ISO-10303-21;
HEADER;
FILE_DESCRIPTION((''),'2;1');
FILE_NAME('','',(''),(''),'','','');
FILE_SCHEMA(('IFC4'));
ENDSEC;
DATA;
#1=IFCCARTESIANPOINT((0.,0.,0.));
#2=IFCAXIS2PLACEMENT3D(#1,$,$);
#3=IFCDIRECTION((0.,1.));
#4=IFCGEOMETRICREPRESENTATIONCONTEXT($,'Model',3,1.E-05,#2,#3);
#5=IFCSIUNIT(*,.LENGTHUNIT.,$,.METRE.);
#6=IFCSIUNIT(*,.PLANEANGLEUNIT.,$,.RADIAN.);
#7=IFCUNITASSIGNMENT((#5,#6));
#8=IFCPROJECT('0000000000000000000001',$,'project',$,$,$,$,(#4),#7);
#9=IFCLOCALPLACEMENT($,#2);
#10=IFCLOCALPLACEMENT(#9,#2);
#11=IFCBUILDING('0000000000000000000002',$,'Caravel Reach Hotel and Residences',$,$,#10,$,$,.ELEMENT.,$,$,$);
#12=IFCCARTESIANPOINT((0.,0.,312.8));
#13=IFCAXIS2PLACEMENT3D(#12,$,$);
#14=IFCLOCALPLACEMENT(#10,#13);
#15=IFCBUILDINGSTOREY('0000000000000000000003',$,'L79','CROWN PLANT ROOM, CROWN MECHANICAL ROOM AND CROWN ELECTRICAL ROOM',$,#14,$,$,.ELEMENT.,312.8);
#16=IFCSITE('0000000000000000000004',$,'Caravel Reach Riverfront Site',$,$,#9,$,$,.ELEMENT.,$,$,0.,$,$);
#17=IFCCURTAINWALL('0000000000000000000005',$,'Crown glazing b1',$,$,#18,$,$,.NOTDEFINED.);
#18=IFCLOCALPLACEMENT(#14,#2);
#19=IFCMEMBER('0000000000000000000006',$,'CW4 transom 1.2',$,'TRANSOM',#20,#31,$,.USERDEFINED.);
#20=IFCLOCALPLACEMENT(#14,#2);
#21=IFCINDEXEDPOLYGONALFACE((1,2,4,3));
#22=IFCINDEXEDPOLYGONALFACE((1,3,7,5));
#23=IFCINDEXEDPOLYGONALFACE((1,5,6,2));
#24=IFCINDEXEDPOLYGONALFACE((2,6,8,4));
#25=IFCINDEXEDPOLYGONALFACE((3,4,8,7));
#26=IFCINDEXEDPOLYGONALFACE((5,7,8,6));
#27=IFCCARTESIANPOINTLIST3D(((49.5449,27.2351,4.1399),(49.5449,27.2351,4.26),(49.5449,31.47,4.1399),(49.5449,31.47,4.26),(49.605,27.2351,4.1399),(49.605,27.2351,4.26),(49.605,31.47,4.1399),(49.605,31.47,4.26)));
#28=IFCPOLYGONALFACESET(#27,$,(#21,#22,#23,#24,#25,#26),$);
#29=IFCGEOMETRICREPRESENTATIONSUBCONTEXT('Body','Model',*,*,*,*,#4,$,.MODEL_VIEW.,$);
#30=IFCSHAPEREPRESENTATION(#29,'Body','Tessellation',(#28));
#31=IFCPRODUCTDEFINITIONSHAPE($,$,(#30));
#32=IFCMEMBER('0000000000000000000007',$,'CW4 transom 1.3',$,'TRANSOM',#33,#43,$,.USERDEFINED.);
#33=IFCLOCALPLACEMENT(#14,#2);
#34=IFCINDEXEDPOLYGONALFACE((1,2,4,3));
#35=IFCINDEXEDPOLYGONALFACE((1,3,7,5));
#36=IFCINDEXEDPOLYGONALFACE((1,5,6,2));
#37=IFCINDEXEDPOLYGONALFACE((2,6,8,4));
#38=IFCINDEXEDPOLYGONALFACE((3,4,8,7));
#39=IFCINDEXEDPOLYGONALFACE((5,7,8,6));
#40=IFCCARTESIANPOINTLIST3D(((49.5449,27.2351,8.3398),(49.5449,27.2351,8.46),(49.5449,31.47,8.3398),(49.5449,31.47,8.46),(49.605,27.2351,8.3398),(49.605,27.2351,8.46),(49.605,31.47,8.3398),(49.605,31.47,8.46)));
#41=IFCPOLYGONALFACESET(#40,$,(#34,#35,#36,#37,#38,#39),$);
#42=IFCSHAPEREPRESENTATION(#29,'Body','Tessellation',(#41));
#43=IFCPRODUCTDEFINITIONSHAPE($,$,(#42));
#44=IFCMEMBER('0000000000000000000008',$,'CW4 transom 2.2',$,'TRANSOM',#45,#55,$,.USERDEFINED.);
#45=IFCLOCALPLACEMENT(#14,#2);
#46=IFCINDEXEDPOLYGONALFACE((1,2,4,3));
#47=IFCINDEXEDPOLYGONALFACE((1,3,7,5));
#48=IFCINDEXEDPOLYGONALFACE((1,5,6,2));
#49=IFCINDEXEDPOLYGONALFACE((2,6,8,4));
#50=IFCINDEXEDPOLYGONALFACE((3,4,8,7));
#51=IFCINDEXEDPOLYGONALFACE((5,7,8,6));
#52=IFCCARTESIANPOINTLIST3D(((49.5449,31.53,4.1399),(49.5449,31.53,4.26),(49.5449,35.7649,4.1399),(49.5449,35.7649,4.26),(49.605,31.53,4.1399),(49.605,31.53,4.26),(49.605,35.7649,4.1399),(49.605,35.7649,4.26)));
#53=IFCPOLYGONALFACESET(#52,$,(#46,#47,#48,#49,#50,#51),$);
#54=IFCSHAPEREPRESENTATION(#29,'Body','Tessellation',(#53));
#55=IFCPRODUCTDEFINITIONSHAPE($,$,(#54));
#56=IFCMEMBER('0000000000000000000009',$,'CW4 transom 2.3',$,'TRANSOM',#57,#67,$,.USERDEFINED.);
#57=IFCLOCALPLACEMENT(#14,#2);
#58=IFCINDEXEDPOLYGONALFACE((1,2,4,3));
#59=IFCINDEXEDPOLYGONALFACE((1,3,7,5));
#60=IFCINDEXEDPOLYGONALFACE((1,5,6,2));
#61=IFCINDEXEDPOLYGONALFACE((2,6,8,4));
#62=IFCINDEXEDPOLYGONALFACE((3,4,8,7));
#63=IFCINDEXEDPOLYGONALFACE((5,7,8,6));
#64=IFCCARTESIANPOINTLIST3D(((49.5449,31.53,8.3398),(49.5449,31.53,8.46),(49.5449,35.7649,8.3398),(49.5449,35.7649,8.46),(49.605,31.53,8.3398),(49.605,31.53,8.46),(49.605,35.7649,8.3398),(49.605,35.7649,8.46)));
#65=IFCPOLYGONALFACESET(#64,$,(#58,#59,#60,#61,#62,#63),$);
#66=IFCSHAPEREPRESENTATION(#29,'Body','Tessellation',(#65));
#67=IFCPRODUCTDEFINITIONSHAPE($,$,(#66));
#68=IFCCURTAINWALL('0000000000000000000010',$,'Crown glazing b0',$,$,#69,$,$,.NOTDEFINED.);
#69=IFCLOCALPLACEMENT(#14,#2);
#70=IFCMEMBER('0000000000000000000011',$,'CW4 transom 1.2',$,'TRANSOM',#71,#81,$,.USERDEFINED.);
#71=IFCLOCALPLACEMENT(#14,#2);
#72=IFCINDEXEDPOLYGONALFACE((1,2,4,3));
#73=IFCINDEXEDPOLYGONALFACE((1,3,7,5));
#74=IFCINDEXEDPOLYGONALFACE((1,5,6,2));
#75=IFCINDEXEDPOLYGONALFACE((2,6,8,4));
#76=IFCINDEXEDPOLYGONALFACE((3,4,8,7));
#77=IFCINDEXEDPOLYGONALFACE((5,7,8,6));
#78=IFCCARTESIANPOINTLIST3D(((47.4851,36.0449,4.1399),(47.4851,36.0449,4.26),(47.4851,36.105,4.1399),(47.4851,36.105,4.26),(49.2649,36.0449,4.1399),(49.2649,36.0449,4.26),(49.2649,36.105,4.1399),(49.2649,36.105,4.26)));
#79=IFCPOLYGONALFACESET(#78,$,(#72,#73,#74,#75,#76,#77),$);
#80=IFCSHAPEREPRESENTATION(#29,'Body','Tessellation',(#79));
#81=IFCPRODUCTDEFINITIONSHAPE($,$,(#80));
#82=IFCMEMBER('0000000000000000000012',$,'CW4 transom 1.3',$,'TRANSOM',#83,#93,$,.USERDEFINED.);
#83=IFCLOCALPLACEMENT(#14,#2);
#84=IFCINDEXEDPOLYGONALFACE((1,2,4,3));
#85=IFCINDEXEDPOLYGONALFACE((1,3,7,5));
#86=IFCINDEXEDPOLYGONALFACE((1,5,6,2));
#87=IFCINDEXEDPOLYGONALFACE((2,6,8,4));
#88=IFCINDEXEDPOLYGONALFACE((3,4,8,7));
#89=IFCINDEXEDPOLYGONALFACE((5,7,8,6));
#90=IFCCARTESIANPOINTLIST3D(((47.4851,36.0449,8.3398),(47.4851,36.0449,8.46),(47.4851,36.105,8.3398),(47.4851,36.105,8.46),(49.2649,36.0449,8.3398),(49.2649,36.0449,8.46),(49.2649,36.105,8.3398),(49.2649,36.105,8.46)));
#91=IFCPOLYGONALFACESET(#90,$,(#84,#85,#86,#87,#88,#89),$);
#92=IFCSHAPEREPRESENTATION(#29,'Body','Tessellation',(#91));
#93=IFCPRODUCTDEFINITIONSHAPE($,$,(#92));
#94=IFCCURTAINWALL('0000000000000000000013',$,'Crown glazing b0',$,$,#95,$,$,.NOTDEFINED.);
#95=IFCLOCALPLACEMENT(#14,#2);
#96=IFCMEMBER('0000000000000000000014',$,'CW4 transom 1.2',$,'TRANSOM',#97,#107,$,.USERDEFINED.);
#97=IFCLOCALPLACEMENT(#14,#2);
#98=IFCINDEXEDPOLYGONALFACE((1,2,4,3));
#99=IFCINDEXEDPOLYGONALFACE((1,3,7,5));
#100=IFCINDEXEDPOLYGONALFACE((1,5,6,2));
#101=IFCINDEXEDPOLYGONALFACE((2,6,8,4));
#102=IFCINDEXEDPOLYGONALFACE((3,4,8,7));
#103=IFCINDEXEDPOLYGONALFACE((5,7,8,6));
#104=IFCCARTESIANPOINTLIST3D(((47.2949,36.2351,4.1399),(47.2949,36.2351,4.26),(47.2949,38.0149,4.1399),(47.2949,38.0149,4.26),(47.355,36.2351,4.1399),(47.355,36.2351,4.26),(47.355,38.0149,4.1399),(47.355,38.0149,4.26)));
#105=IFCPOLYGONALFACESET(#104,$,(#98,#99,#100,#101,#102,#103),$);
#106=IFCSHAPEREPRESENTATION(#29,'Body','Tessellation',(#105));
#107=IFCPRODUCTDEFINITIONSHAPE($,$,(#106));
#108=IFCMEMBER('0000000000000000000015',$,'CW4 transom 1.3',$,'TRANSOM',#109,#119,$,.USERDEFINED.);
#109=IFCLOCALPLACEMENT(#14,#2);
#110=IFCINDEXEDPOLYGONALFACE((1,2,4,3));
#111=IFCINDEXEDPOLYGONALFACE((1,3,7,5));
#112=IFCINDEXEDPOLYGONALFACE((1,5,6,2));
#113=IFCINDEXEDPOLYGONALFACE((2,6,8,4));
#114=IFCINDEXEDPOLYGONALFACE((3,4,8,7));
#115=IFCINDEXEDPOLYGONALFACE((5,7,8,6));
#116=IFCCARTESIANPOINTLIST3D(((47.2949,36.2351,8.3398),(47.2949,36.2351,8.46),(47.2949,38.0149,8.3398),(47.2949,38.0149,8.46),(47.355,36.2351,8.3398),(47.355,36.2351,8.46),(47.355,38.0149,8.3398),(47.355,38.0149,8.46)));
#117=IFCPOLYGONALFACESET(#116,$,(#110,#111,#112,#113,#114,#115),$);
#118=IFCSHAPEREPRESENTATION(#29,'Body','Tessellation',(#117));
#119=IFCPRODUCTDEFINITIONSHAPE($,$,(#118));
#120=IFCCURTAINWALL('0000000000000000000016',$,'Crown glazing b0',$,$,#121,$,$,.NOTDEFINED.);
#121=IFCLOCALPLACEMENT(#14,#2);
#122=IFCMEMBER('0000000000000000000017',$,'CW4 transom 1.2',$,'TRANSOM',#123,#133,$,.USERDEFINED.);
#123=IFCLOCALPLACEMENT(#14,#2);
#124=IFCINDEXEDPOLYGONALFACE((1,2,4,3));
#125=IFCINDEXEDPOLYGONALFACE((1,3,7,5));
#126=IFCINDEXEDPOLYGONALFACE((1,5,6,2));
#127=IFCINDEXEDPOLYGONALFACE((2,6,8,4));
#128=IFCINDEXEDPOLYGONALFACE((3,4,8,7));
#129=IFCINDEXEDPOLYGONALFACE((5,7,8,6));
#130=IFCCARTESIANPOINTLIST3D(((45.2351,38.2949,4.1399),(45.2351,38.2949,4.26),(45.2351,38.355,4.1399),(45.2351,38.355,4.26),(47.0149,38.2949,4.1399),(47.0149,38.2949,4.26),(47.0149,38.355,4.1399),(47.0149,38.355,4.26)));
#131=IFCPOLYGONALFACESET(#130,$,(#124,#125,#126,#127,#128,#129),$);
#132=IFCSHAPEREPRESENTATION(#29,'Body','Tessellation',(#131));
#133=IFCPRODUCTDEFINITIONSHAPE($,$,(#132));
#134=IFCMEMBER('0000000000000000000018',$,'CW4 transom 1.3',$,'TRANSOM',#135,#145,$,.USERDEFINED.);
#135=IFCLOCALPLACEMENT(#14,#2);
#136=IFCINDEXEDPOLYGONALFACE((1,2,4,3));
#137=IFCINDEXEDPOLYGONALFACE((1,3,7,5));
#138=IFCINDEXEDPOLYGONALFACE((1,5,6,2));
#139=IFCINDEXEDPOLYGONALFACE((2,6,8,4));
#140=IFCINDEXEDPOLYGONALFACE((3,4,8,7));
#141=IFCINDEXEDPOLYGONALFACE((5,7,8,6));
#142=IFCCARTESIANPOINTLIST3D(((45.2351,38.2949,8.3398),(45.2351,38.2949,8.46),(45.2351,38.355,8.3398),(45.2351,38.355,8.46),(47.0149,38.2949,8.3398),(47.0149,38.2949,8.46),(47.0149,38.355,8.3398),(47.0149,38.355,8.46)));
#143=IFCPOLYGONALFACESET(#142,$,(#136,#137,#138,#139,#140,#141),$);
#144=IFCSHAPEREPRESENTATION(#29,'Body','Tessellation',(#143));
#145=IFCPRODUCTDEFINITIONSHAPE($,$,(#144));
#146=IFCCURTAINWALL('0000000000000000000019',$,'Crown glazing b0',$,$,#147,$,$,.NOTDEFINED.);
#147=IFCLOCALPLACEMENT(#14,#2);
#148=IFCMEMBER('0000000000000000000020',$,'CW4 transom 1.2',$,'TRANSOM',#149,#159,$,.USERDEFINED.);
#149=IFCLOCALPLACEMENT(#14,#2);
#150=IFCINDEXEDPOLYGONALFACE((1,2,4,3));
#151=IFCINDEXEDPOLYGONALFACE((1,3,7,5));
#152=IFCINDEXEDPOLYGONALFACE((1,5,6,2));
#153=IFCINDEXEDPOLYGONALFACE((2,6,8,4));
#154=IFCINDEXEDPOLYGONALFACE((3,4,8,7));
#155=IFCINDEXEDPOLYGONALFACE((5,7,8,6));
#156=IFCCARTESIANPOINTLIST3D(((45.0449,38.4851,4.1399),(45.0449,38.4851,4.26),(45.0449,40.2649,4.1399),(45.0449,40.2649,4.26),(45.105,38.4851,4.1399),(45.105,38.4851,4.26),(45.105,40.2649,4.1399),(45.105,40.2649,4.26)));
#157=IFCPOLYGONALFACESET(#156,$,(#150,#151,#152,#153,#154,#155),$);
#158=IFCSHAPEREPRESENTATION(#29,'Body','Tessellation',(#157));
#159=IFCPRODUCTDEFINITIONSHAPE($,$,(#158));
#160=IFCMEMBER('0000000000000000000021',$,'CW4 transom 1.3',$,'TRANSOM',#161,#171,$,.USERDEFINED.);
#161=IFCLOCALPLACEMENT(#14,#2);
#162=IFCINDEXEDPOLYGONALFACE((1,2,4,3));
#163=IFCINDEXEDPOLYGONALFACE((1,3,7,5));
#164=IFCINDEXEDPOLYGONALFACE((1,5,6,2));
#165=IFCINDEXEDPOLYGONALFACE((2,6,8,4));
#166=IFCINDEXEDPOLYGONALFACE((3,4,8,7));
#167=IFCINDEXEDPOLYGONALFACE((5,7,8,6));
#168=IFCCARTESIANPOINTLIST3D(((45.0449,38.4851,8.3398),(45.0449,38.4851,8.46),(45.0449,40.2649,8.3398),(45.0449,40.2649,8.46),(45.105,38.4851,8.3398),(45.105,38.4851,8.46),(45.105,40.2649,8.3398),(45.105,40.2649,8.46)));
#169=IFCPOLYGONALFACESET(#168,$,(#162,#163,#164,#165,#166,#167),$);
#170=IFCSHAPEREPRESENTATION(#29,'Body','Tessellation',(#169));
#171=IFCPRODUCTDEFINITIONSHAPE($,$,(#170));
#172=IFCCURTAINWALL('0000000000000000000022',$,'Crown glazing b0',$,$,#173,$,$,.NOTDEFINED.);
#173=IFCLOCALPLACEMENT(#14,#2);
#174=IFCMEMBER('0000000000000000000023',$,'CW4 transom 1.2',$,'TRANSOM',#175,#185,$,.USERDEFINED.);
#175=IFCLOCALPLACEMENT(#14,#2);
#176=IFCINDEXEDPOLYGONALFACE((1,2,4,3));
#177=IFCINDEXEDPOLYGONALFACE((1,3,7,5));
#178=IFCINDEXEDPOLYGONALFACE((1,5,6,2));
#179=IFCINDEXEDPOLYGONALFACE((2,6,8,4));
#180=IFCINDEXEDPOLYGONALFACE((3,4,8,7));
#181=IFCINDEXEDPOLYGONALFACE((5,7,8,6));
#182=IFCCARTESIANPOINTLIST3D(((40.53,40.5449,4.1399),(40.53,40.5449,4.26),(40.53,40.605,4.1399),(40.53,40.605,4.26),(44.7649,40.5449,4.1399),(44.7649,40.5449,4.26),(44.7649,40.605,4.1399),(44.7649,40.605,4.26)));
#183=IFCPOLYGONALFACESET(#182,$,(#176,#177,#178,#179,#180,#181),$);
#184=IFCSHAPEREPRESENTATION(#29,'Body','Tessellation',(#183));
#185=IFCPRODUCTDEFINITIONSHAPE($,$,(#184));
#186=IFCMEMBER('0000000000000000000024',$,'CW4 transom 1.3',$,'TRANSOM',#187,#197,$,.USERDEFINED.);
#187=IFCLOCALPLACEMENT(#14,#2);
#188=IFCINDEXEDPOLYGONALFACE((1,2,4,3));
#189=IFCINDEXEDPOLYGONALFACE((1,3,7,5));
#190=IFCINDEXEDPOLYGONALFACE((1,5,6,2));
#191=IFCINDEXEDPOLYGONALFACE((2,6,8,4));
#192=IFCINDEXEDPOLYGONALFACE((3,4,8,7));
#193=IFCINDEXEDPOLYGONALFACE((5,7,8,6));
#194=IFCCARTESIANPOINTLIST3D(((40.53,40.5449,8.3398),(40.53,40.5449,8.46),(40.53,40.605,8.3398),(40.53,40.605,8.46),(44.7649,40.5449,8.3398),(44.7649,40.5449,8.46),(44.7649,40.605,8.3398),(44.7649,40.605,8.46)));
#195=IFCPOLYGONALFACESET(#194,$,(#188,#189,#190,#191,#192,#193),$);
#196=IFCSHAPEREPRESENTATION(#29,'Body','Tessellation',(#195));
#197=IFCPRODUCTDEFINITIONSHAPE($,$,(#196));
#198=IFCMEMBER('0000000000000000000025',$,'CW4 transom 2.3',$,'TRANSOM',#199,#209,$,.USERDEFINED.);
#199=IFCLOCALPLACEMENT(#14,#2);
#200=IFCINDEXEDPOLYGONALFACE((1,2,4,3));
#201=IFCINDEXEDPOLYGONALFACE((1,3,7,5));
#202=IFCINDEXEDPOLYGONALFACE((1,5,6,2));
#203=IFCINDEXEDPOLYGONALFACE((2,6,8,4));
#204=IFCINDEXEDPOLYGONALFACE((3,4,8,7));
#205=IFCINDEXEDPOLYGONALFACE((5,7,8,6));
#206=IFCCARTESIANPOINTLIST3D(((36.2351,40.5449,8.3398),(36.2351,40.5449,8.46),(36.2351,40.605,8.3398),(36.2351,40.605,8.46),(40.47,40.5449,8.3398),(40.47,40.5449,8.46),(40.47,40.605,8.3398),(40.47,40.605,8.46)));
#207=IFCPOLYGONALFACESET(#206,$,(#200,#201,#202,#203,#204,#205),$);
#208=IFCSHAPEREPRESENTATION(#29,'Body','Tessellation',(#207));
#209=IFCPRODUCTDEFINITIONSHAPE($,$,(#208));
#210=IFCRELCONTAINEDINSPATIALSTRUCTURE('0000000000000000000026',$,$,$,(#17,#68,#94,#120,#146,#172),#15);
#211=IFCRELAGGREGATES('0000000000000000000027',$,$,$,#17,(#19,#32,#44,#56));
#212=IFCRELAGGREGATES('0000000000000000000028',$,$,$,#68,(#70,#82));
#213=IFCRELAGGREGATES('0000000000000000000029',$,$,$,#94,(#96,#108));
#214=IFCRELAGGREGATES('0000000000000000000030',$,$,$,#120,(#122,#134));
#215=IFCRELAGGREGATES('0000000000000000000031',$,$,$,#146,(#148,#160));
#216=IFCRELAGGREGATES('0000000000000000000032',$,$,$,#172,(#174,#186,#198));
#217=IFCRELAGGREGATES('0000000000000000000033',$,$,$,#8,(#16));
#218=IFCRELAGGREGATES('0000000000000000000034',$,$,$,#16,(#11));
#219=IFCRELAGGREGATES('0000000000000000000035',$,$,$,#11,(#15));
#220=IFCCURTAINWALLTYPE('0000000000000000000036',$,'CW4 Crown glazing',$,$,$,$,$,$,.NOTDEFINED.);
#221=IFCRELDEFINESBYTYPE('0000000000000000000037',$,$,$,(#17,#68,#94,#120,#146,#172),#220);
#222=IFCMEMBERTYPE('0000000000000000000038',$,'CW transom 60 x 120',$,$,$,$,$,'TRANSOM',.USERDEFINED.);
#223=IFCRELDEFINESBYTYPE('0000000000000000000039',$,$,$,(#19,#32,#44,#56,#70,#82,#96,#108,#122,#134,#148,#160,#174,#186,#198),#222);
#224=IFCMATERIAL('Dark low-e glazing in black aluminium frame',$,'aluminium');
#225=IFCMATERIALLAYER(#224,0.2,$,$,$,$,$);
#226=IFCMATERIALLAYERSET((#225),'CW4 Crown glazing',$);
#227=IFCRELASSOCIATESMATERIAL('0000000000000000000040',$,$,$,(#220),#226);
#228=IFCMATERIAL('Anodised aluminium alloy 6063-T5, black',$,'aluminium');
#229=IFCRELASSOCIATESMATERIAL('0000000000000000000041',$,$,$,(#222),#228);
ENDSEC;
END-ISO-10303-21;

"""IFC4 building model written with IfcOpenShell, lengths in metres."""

from ifc_helpers import new_model, si_unit, direction, frame, origin, origin_2d, place, context, subcontext, project, spatial, rectangle, extrude, material, layer, layer_set, material_profile, profile_set, type_object, element, aggregate, save


model = new_model("IFC4")

# Units and contexts
model_context = context("Model", 3, precision=1e-05, world=origin(), true_north=direction((0.0, 1.0)))
body_context = subcontext(model_context, "Body", "Model", "MODEL_VIEW")
ifc_project = project(units=[si_unit("LENGTHUNIT", "METRE"), si_unit("PLANEANGLEUNIT", "RADIAN")], contexts=[model_context])

# Site, building, storey
site_placement = place(None, origin())
site = spatial("IfcSite", under=ifc_project, at=site_placement, Name="Caravel Reach Riverfront Site", CompositionType="ELEMENT", RefElevation=0.0)
building_placement = place(site_placement, origin())
building = spatial("IfcBuilding", under=site, at=building_placement, Name="Caravel Reach Hotel and Residences", CompositionType="ELEMENT")
storey_placement = place(building_placement, frame((0.0, 0.0, 312.8)))
storey = spatial("IfcBuildingStorey", under=building, at=storey_placement, Name="L79", Description="CROWN PLANT ROOM, CROWN MECHANICAL ROOM AND CROWN ELECTRICAL ROOM", CompositionType="ELEMENT", Elevation=312.8)

# Curtain walls, members
ifc_material_1 = material(Name="Dark low-e glazing in black aluminium frame", Category="aluminium")
ifc_layer_1 = layer(ifc_material_1, 0.2)
ifc_layer_set_1 = layer_set([ifc_layer_1], Name="CW4 Crown glazing")
curtain_wall_type = type_object("IfcCurtainWallType", Name="CW4 Crown glazing", PredefinedType="NOTDEFINED", material=ifc_layer_set_1)
curtain_wall_1_placement = place(storey_placement, origin())
curtain_wall_1 = element("IfcCurtainWall", 1, at=curtain_wall_1_placement, inside=storey, type_object=curtain_wall_type, Name="Crown glazing b1", PredefinedType="NOTDEFINED")
ifc_material_2 = material(Name="Anodised aluminium alloy 6063-T5, black", Category="aluminium")
ifc_material_profile = material_profile(ifc_material_2, rectangle(XDim=0.0601, YDim=0.1201, at=origin_2d()), Name="CW transom 60 x 120")
ifc_profile_set = profile_set([ifc_material_profile], Name="Anodised aluminium alloy 6063-T5, black")
member_type = type_object("IfcMemberType", Name="CW transom 60 x 120", ElementType="TRANSOM", PredefinedType="USERDEFINED", material=ifc_profile_set)
member_1_placement = place(storey_placement, frame((49.575, 27.2351, 4.2), z_axis=(0.0, 1.0, 0.0), x_axis=(-1.0, 0.0, 0.0)))
member_1 = element("IfcMember", 2, at=member_1_placement, type_object=member_type, Name="CW4 transom 1.2", ObjectType="TRANSOM", PredefinedType="USERDEFINED", context=body_context, shape_type="SweptSolid", body=[
    extrude(rectangle(XDim=0.0601, YDim=0.1201, at=origin_2d()), origin(), (0.0, 0.0, 1.0), 4.2349),
])
member_2_placement = place(storey_placement, frame((49.575, 27.2351, 8.3999), z_axis=(0.0, 1.0, 0.0), x_axis=(-1.0, 0.0, 0.0)))
member_2 = element("IfcMember", 3, at=member_2_placement, type_object=member_type, Name="CW4 transom 1.3", ObjectType="TRANSOM", PredefinedType="USERDEFINED", context=body_context, shape_type="SweptSolid", body=[
    extrude(rectangle(XDim=0.0601, YDim=0.1201, at=origin_2d()), origin(), (0.0, 0.0, 1.0), 4.2349),
])
member_3_placement = place(storey_placement, frame((49.575, 31.53, 4.2), z_axis=(0.0, 1.0, 0.0), x_axis=(-1.0, 0.0, 0.0)))
member_3 = element("IfcMember", 4, at=member_3_placement, type_object=member_type, Name="CW4 transom 2.2", ObjectType="TRANSOM", PredefinedType="USERDEFINED", context=body_context, shape_type="SweptSolid", body=[
    extrude(rectangle(XDim=0.0601, YDim=0.1201, at=origin_2d()), origin(), (0.0, 0.0, 1.0), 4.2349),
])
member_4_placement = place(storey_placement, frame((49.575, 31.53, 8.3999), z_axis=(0.0, 1.0, 0.0), x_axis=(-1.0, 0.0, 0.0)))
member_4 = element("IfcMember", 5, at=member_4_placement, type_object=member_type, Name="CW4 transom 2.3", ObjectType="TRANSOM", PredefinedType="USERDEFINED", context=body_context, shape_type="SweptSolid", body=[
    extrude(rectangle(XDim=0.0601, YDim=0.1201, at=origin_2d()), origin(), (0.0, 0.0, 1.0), 4.2349),
])
curtain_wall_2_placement = place(storey_placement, origin())
curtain_wall_2 = element("IfcCurtainWall", 6, at=curtain_wall_2_placement, inside=storey, type_object=curtain_wall_type, Name="Crown glazing b0", PredefinedType="NOTDEFINED")
member_5_placement = place(storey_placement, frame((49.2649, 36.075, 4.2), z_axis=(-1.0, 0.0, 0.0), x_axis=(0.0, -1.0, 0.0)))
member_5 = element("IfcMember", 7, at=member_5_placement, type_object=member_type, Name="CW4 transom 1.2", ObjectType="TRANSOM", PredefinedType="USERDEFINED", context=body_context, shape_type="SweptSolid", body=[
    extrude(rectangle(XDim=0.0601, YDim=0.1201, at=origin_2d()), origin(), (0.0, 0.0, 1.0), 1.7798),
])
member_6_placement = place(storey_placement, frame((49.2649, 36.075, 8.3999), z_axis=(-1.0, 0.0, 0.0), x_axis=(0.0, -1.0, 0.0)))
member_6 = element("IfcMember", 8, at=member_6_placement, type_object=member_type, Name="CW4 transom 1.3", ObjectType="TRANSOM", PredefinedType="USERDEFINED", context=body_context, shape_type="SweptSolid", body=[
    extrude(rectangle(XDim=0.0601, YDim=0.1201, at=origin_2d()), origin(), (0.0, 0.0, 1.0), 1.7798),
])
curtain_wall_3_placement = place(storey_placement, origin())
curtain_wall_3 = element("IfcCurtainWall", 9, at=curtain_wall_3_placement, inside=storey, type_object=curtain_wall_type, Name="Crown glazing b0", PredefinedType="NOTDEFINED")
member_7_placement = place(storey_placement, frame((47.325, 36.2351, 4.2), z_axis=(0.0, 1.0, 0.0), x_axis=(-1.0, 0.0, 0.0)))
member_7 = element("IfcMember", 10, at=member_7_placement, type_object=member_type, Name="CW4 transom 1.2", ObjectType="TRANSOM", PredefinedType="USERDEFINED", context=body_context, shape_type="SweptSolid", body=[
    extrude(rectangle(XDim=0.0601, YDim=0.1201, at=origin_2d()), origin(), (0.0, 0.0, 1.0), 1.7798),
])
member_8_placement = place(storey_placement, frame((47.325, 36.2351, 8.3999), z_axis=(0.0, 1.0, 0.0), x_axis=(-1.0, 0.0, 0.0)))
member_8 = element("IfcMember", 11, at=member_8_placement, type_object=member_type, Name="CW4 transom 1.3", ObjectType="TRANSOM", PredefinedType="USERDEFINED", context=body_context, shape_type="SweptSolid", body=[
    extrude(rectangle(XDim=0.0601, YDim=0.1201, at=origin_2d()), origin(), (0.0, 0.0, 1.0), 1.7798),
])
curtain_wall_4_placement = place(storey_placement, origin())
curtain_wall_4 = element("IfcCurtainWall", 12, at=curtain_wall_4_placement, inside=storey, type_object=curtain_wall_type, Name="Crown glazing b0", PredefinedType="NOTDEFINED")
member_9_placement = place(storey_placement, frame((47.0149, 38.325, 4.2), z_axis=(-1.0, 0.0, 0.0), x_axis=(0.0, -1.0, 0.0)))
member_9 = element("IfcMember", 13, at=member_9_placement, type_object=member_type, Name="CW4 transom 1.2", ObjectType="TRANSOM", PredefinedType="USERDEFINED", context=body_context, shape_type="SweptSolid", body=[
    extrude(rectangle(XDim=0.0601, YDim=0.1201, at=origin_2d()), origin(), (0.0, 0.0, 1.0), 1.7798),
])
member_10_placement = place(storey_placement, frame((47.0149, 38.325, 8.3999), z_axis=(-1.0, 0.0, 0.0), x_axis=(0.0, -1.0, 0.0)))
member_10 = element("IfcMember", 14, at=member_10_placement, type_object=member_type, Name="CW4 transom 1.3", ObjectType="TRANSOM", PredefinedType="USERDEFINED", context=body_context, shape_type="SweptSolid", body=[
    extrude(rectangle(XDim=0.0601, YDim=0.1201, at=origin_2d()), origin(), (0.0, 0.0, 1.0), 1.7798),
])
curtain_wall_5_placement = place(storey_placement, origin())
curtain_wall_5 = element("IfcCurtainWall", 15, at=curtain_wall_5_placement, inside=storey, type_object=curtain_wall_type, Name="Crown glazing b0", PredefinedType="NOTDEFINED")
member_11_placement = place(storey_placement, frame((45.075, 38.4851, 4.2), z_axis=(0.0, 1.0, 0.0), x_axis=(-1.0, 0.0, 0.0)))
member_11 = element("IfcMember", 16, at=member_11_placement, type_object=member_type, Name="CW4 transom 1.2", ObjectType="TRANSOM", PredefinedType="USERDEFINED", context=body_context, shape_type="SweptSolid", body=[
    extrude(rectangle(XDim=0.0601, YDim=0.1201, at=origin_2d()), origin(), (0.0, 0.0, 1.0), 1.7798),
])
member_12_placement = place(storey_placement, frame((45.075, 38.4851, 8.3999), z_axis=(0.0, 1.0, 0.0), x_axis=(-1.0, 0.0, 0.0)))
member_12 = element("IfcMember", 17, at=member_12_placement, type_object=member_type, Name="CW4 transom 1.3", ObjectType="TRANSOM", PredefinedType="USERDEFINED", context=body_context, shape_type="SweptSolid", body=[
    extrude(rectangle(XDim=0.0601, YDim=0.1201, at=origin_2d()), origin(), (0.0, 0.0, 1.0), 1.7798),
])
curtain_wall_6_placement = place(storey_placement, origin())
curtain_wall_6 = element("IfcCurtainWall", 18, at=curtain_wall_6_placement, inside=storey, type_object=curtain_wall_type, Name="Crown glazing b0", PredefinedType="NOTDEFINED")
member_13_placement = place(storey_placement, frame((44.7649, 40.575, 4.2), z_axis=(-1.0, 0.0, 0.0), x_axis=(0.0, -1.0, 0.0)))
member_13 = element("IfcMember", 19, at=member_13_placement, type_object=member_type, Name="CW4 transom 1.2", ObjectType="TRANSOM", PredefinedType="USERDEFINED", context=body_context, shape_type="SweptSolid", body=[
    extrude(rectangle(XDim=0.0601, YDim=0.1201, at=origin_2d()), origin(), (0.0, 0.0, 1.0), 4.2349),
])
member_14_placement = place(storey_placement, frame((44.7649, 40.575, 8.3999), z_axis=(-1.0, 0.0, 0.0), x_axis=(0.0, -1.0, 0.0)))
member_14 = element("IfcMember", 20, at=member_14_placement, type_object=member_type, Name="CW4 transom 1.3", ObjectType="TRANSOM", PredefinedType="USERDEFINED", context=body_context, shape_type="SweptSolid", body=[
    extrude(rectangle(XDim=0.0601, YDim=0.1201, at=origin_2d()), origin(), (0.0, 0.0, 1.0), 4.2349),
])
member_15_placement = place(storey_placement, frame((40.47, 40.575, 8.3999), z_axis=(-1.0, 0.0, 0.0), x_axis=(0.0, -1.0, 0.0)))
member_15 = element("IfcMember", 21, at=member_15_placement, type_object=member_type, Name="CW4 transom 2.3", ObjectType="TRANSOM", PredefinedType="USERDEFINED", context=body_context, shape_type="SweptSolid", body=[
    extrude(rectangle(XDim=0.0601, YDim=0.1201, at=origin_2d()), origin(), (0.0, 0.0, 1.0), 4.2349),
])

aggregate(curtain_wall_1, [member_1, member_2, member_3, member_4])
aggregate(curtain_wall_2, [member_5, member_6])
aggregate(curtain_wall_3, [member_7, member_8])
aggregate(curtain_wall_4, [member_9, member_10])
aggregate(curtain_wall_5, [member_11, member_12])
aggregate(curtain_wall_6, [member_13, member_14, member_15])

save(model, "model.ifc")
